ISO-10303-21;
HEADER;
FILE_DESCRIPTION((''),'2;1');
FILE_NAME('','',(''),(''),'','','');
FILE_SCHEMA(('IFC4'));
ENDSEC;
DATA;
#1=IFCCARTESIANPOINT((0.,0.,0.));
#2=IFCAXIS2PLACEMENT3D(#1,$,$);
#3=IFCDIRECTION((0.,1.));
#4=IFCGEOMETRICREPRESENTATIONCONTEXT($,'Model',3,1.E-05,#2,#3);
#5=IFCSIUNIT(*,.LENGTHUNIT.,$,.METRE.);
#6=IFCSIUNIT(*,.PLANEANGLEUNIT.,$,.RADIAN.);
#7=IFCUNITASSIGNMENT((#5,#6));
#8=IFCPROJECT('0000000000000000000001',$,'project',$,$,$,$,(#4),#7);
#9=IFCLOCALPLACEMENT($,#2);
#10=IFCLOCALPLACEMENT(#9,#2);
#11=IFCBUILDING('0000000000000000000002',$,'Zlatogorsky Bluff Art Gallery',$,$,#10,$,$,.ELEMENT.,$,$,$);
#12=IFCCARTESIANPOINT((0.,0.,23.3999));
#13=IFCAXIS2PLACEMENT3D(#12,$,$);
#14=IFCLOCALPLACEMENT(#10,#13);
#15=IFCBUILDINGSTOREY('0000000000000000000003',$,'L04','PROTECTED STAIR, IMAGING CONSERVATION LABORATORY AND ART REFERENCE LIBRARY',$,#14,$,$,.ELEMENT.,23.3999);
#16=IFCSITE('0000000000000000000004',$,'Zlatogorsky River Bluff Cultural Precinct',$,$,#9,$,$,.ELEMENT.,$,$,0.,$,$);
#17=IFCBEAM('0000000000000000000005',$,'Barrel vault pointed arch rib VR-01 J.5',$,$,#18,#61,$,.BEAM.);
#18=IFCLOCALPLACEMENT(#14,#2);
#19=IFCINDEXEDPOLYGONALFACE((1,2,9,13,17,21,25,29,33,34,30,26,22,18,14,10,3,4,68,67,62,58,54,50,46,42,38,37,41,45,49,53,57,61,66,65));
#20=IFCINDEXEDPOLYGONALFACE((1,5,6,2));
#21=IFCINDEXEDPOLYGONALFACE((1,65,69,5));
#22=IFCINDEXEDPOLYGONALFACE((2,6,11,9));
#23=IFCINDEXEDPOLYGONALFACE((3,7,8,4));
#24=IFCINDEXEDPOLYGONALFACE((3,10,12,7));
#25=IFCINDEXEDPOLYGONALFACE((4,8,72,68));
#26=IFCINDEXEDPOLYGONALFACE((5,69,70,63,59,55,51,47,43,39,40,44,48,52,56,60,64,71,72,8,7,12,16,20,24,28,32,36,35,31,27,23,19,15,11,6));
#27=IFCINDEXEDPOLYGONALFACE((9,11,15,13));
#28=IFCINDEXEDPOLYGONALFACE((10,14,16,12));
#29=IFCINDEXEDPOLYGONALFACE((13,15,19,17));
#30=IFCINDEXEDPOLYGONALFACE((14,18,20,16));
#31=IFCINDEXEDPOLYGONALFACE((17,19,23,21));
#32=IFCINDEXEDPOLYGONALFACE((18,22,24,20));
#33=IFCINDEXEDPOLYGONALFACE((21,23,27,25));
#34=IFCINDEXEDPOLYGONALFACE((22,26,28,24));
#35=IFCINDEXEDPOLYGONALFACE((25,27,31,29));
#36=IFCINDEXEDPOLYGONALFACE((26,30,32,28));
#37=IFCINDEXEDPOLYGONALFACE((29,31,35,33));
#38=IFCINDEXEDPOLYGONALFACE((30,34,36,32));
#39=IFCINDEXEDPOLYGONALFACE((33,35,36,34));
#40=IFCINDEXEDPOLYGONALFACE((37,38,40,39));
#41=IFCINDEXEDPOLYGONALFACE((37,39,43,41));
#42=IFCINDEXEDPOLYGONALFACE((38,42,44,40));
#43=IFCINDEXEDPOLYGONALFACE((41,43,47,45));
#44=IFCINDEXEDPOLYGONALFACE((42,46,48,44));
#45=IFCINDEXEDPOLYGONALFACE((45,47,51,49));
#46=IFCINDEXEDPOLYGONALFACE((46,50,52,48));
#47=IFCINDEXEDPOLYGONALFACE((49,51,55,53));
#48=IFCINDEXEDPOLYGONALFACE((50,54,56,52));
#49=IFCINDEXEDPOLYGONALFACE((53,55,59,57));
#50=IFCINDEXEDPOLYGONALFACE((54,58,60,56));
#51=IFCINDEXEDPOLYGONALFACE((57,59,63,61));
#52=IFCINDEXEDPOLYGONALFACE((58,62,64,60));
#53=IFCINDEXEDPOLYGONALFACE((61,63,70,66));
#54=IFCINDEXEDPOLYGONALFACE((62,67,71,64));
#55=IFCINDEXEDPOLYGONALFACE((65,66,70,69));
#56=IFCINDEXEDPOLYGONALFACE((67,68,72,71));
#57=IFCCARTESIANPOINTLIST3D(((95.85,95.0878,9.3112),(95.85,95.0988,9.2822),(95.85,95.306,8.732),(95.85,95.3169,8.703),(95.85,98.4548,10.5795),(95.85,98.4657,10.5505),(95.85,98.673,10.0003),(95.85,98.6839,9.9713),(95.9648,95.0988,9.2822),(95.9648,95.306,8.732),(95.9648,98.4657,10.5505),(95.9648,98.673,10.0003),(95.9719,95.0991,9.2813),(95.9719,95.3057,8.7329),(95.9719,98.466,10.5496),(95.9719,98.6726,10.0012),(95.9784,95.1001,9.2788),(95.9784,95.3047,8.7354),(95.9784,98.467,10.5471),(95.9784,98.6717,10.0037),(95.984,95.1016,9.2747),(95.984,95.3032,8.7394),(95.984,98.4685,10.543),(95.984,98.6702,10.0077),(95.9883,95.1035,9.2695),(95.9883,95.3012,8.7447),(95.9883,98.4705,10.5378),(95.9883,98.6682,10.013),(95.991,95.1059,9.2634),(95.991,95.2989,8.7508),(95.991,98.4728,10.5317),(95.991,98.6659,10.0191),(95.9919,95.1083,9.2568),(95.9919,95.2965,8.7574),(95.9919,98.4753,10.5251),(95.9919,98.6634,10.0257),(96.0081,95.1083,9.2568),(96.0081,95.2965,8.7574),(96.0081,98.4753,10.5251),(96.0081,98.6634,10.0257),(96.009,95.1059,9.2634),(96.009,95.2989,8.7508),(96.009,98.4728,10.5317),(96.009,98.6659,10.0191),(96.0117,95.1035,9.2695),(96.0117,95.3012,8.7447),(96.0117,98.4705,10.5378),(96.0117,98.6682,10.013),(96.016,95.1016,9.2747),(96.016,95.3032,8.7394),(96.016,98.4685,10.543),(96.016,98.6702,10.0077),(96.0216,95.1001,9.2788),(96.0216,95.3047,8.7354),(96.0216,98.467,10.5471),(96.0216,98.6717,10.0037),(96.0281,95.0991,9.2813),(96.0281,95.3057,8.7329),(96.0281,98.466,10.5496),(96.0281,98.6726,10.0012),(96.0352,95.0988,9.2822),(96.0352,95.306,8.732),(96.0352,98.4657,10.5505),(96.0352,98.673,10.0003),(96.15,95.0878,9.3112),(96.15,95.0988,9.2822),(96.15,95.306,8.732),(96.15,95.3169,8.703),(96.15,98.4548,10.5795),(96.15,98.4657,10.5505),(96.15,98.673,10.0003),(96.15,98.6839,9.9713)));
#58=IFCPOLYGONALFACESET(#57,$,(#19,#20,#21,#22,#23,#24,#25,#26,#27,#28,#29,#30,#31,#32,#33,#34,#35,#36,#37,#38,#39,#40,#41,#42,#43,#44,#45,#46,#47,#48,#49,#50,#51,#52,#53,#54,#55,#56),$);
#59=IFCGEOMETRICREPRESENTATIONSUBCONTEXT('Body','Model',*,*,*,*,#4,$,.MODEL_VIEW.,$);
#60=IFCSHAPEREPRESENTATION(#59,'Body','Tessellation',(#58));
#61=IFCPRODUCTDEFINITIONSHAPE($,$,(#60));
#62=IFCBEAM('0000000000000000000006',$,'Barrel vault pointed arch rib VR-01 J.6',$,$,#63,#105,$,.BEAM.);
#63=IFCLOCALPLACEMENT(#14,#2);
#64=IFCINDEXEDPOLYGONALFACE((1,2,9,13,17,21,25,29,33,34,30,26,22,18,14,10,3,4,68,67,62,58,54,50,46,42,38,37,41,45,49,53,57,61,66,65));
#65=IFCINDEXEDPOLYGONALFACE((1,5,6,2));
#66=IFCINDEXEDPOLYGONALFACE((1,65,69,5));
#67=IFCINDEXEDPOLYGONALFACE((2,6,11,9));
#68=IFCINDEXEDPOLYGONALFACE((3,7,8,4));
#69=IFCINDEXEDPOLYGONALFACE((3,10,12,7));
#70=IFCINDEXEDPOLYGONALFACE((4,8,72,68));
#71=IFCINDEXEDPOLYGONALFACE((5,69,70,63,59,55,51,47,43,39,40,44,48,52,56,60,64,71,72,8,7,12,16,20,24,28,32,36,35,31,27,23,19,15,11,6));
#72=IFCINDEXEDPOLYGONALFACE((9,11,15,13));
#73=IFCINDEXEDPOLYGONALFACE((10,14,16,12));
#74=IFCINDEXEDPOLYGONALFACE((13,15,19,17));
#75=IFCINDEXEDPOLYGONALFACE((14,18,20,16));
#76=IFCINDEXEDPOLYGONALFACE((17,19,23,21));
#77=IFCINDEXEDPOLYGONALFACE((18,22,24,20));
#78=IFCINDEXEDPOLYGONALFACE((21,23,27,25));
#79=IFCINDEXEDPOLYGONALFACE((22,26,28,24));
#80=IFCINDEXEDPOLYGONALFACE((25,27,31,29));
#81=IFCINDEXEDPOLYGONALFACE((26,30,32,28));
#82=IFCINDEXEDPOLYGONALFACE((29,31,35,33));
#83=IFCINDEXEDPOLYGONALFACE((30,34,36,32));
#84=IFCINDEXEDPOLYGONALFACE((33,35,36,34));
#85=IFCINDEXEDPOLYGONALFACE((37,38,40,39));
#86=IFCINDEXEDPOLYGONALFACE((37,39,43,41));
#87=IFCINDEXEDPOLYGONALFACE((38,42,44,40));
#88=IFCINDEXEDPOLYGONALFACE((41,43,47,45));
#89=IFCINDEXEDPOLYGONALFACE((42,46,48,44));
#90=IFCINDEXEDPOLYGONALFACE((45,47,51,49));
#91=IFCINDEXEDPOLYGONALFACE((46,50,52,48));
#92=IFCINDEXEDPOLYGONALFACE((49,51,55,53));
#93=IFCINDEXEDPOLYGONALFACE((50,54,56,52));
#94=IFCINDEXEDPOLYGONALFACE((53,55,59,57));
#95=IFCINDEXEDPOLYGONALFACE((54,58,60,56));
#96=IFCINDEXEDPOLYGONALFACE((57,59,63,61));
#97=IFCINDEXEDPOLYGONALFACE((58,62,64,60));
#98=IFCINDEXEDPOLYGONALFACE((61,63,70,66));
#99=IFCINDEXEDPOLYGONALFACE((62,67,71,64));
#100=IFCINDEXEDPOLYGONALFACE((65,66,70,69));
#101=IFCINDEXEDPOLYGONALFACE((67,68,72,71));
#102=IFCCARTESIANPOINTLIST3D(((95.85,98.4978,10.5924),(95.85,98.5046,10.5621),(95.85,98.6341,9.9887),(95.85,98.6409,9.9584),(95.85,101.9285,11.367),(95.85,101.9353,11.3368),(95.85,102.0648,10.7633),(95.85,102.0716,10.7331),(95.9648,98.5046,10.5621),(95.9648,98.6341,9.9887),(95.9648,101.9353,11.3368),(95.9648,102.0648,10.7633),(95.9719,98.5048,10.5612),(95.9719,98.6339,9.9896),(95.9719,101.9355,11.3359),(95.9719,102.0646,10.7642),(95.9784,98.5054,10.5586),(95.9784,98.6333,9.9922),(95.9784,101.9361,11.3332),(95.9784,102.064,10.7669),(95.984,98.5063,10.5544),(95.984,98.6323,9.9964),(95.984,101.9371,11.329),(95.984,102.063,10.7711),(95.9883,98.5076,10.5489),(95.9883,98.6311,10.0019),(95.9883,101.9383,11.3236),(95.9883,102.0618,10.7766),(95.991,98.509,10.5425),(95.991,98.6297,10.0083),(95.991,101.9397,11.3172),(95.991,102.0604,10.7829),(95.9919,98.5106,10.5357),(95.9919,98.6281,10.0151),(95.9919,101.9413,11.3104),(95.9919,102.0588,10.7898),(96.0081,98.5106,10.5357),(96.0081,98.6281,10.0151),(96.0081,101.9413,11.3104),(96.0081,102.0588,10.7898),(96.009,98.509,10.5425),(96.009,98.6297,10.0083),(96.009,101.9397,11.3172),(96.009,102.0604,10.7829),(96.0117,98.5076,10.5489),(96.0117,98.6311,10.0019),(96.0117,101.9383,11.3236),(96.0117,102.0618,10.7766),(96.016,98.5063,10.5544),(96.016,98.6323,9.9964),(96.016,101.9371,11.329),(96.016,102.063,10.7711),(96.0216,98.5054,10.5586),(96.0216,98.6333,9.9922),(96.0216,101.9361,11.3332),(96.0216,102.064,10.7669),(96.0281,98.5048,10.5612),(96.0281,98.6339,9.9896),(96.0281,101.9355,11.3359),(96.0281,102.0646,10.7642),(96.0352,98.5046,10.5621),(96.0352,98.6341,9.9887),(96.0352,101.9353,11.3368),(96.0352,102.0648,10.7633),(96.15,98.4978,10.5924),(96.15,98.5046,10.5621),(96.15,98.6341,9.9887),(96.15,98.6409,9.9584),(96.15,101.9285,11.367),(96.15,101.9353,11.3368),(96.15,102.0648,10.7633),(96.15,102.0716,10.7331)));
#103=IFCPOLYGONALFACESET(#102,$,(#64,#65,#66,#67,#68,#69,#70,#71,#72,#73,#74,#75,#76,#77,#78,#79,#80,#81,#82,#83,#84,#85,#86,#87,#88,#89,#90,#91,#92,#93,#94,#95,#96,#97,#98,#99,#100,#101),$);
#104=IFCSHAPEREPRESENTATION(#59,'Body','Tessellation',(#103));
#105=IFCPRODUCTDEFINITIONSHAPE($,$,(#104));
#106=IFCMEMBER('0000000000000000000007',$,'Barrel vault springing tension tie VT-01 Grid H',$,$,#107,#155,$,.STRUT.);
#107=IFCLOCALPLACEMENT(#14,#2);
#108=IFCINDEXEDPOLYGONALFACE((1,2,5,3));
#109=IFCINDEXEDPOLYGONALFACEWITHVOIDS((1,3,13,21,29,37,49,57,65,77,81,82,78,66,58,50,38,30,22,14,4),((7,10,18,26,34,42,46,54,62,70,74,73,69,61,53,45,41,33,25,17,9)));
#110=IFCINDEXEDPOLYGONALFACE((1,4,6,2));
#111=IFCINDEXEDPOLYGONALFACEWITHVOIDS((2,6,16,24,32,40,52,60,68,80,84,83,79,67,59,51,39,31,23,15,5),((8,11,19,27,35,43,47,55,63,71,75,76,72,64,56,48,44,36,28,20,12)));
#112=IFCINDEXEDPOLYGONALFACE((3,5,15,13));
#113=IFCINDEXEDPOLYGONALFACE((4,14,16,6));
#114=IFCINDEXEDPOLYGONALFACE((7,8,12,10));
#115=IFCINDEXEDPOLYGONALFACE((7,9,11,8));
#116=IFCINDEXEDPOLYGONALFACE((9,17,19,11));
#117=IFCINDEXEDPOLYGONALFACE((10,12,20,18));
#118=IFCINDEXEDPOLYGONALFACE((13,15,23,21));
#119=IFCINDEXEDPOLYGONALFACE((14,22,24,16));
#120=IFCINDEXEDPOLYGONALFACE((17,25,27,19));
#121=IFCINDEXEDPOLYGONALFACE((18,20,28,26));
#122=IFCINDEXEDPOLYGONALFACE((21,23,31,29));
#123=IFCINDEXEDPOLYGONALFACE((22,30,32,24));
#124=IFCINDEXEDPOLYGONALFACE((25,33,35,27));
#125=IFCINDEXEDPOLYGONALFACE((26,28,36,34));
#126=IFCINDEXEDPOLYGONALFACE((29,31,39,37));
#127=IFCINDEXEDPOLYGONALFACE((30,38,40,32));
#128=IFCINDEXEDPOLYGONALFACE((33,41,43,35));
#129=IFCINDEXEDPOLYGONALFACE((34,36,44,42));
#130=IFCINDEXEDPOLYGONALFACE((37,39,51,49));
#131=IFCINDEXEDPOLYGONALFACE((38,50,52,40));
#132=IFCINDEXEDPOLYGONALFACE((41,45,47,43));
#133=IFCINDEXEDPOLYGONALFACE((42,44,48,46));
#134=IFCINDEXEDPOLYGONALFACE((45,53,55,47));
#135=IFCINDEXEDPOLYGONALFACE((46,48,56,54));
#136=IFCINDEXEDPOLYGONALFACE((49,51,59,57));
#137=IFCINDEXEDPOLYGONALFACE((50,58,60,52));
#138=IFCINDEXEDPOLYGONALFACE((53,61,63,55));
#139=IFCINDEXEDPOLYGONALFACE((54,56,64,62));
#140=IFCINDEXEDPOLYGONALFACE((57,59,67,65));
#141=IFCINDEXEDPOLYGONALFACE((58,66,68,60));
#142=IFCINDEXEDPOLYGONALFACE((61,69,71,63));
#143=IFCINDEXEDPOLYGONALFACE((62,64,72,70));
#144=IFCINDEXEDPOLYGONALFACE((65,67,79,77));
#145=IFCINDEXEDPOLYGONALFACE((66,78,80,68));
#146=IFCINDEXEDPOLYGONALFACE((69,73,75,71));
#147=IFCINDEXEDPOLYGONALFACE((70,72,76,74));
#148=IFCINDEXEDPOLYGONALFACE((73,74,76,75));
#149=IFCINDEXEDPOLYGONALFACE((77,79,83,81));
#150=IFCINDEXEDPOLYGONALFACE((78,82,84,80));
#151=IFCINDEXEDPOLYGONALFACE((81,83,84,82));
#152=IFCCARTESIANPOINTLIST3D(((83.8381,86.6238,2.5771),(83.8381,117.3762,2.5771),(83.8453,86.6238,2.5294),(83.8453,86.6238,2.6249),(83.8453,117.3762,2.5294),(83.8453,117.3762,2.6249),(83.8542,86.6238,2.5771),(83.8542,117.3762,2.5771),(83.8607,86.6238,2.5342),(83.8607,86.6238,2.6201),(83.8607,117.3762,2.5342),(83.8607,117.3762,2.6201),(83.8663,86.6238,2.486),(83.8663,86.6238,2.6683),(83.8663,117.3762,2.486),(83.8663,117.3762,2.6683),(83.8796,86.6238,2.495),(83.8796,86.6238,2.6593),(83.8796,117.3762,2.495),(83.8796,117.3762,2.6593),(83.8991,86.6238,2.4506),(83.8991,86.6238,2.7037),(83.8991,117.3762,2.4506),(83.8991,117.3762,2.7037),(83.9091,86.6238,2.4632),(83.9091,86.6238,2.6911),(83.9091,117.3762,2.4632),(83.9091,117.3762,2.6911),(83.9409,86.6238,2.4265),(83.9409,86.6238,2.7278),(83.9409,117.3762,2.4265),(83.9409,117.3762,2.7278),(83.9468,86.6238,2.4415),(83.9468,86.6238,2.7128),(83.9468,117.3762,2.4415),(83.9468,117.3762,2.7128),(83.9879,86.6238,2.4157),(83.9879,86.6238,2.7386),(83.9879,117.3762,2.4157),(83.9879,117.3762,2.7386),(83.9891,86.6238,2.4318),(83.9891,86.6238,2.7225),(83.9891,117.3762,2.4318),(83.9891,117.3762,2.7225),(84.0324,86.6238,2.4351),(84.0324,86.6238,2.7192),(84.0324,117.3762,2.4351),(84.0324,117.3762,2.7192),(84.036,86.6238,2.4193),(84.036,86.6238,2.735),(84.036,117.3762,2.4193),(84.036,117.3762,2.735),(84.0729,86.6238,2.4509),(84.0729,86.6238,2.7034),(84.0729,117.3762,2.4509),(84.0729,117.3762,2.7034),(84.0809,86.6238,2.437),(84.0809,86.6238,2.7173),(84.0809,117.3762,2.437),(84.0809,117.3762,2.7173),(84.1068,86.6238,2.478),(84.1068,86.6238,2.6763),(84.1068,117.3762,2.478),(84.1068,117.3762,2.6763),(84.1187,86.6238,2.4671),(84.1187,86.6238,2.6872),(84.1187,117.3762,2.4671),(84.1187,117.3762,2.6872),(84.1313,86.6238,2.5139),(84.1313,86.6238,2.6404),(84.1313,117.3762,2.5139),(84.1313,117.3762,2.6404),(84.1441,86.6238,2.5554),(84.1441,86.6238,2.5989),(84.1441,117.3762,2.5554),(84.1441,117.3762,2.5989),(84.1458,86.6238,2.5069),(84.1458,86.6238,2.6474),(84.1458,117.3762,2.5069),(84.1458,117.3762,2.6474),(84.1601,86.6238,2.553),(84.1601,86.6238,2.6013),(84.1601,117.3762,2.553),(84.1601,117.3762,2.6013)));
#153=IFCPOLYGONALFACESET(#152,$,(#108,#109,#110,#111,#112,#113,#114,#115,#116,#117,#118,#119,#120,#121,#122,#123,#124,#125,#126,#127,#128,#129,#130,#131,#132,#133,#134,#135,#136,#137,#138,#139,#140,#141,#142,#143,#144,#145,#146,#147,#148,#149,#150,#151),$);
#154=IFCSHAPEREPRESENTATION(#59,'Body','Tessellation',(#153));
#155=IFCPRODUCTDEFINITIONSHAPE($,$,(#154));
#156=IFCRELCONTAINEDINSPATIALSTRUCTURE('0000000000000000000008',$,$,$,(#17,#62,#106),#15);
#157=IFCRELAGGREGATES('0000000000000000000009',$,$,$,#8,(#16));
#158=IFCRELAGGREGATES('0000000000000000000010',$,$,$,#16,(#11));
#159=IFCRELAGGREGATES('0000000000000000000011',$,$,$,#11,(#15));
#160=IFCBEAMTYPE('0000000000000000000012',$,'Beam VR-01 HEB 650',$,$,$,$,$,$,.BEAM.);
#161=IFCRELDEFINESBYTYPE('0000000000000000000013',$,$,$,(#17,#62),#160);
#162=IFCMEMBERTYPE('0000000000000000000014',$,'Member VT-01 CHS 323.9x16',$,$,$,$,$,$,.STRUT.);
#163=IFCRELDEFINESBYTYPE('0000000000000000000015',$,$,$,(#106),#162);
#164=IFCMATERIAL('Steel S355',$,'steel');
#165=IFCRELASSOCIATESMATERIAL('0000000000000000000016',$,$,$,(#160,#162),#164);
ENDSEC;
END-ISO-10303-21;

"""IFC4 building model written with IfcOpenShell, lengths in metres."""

from ifc_helpers import new_model, si_unit, direction, frame, origin, origin_2d, place, context, subcontext, project, spatial, hollow_circle, i_section, extrude, material, material_profile, profile_set, type_object, element, save


model = new_model("IFC4")

# Units and contexts
model_context = context("Model", 3, precision=1e-05, world=origin(), true_north=direction((0.0, 1.0)))
body_context = subcontext(model_context, "Body", "Model", "MODEL_VIEW")
ifc_project = project(units=[si_unit("LENGTHUNIT", "METRE"), si_unit("PLANEANGLEUNIT", "RADIAN")], contexts=[model_context])

# Site, building, storey
site_placement = place(None, origin())
site = spatial("IfcSite", under=ifc_project, at=site_placement, Name="Zlatogorsky River Bluff Cultural Precinct", CompositionType="ELEMENT", RefElevation=0.0)
building_placement = place(site_placement, origin())
building = spatial("IfcBuilding", under=site, at=building_placement, Name="Zlatogorsky Bluff Art Gallery", CompositionType="ELEMENT")
storey_placement = place(building_placement, frame((0.0, 0.0, 23.3999)))
storey = spatial("IfcBuildingStorey", under=building, at=storey_placement, Name="L04", Description="PROTECTED STAIR, IMAGING CONSERVATION LABORATORY AND ART REFERENCE LIBRARY", CompositionType="ELEMENT", Elevation=23.3999)

# Beams
ifc_material_1 = material(Name="Steel S355", Category="steel")
ifc_material_profile_1 = material_profile(ifc_material_1, i_section(OverallWidth=0.3, OverallDepth=0.6499, WebThickness=0.0161, FlangeThickness=0.031, FilletRadius=0.0271, at=origin_2d()), Name="HEB 650")
ifc_profile_set_1 = profile_set([ifc_material_profile_1], Name="Steel S355")
beam_type_1 = type_object("IfcBeamType", Name="Beam VR-01 HEB 650", PredefinedType="BEAM", material=ifc_profile_set_1)
beam_1_placement = place(storey_placement, frame((96.0, 95.2024, 9.0071), z_axis=(0.0, 0.935807, 0.352514), x_axis=(-1.0, 0.0, 0.0)))
element("IfcBeam", 1, at=beam_1_placement, inside=storey, type_object=beam_type_1, Name="Barrel vault pointed arch rib VR-01 J.5", PredefinedType="BEAM", context=body_context, shape_type="SweptSolid", body=[
    extrude(i_section(OverallWidth=0.3, OverallDepth=0.6499, WebThickness=0.0161, FlangeThickness=0.031, FilletRadius=0.0271, at=origin_2d()), origin(), (0.0, 0.0, 1.0), 3.5979),
])
beam_2_placement = place(storey_placement, frame((96.0, 98.5693, 10.2754), z_axis=(0.0, 0.975441, 0.220259), x_axis=(-1.0, 0.0, 0.0)))
element("IfcBeam", 2, at=beam_2_placement, inside=storey, type_object=beam_type_1, Name="Barrel vault pointed arch rib VR-01 J.6", PredefinedType="BEAM", context=body_context, shape_type="SweptSolid", body=[
    extrude(i_section(OverallWidth=0.3, OverallDepth=0.6499, WebThickness=0.0161, FlangeThickness=0.031, FilletRadius=0.0271, at=origin_2d()), origin(), (0.0, 0.0, 1.0), 3.5171),
])

# Member
ifc_material_profile_2 = material_profile(ifc_material_1, hollow_circle(Radius=0.1619, WallThickness=0.0161, at=origin_2d()), Name="CHS 323.9x16")
ifc_profile_set_2 = profile_set([ifc_material_profile_2], Name="Steel S355")
member_type = type_object("IfcMemberType", Name="Member VT-01 CHS 323.9x16", PredefinedType="STRUT", material=ifc_profile_set_2)
for number, where, z_axis, x_axis, name in (
    (3, (84.0, 86.6238, 2.5771), (0.0, 1.0, 0.0), (-1.0, 0.0, 0.0), "Barrel vault springing tension tie VT-01 Grid H"),
):
    element("IfcMember", number, at=place(storey_placement, frame(where, z_axis=z_axis, x_axis=x_axis)), inside=storey, type_object=member_type, Name=name, PredefinedType="STRUT", context=body_context, shape_type="SweptSolid", body=[
        extrude(hollow_circle(Radius=0.1619, WallThickness=0.0161, at=origin_2d()), origin(), (0.0, 0.0, 1.0), 30.7524),
    ])

save(model, "model.ifc")
